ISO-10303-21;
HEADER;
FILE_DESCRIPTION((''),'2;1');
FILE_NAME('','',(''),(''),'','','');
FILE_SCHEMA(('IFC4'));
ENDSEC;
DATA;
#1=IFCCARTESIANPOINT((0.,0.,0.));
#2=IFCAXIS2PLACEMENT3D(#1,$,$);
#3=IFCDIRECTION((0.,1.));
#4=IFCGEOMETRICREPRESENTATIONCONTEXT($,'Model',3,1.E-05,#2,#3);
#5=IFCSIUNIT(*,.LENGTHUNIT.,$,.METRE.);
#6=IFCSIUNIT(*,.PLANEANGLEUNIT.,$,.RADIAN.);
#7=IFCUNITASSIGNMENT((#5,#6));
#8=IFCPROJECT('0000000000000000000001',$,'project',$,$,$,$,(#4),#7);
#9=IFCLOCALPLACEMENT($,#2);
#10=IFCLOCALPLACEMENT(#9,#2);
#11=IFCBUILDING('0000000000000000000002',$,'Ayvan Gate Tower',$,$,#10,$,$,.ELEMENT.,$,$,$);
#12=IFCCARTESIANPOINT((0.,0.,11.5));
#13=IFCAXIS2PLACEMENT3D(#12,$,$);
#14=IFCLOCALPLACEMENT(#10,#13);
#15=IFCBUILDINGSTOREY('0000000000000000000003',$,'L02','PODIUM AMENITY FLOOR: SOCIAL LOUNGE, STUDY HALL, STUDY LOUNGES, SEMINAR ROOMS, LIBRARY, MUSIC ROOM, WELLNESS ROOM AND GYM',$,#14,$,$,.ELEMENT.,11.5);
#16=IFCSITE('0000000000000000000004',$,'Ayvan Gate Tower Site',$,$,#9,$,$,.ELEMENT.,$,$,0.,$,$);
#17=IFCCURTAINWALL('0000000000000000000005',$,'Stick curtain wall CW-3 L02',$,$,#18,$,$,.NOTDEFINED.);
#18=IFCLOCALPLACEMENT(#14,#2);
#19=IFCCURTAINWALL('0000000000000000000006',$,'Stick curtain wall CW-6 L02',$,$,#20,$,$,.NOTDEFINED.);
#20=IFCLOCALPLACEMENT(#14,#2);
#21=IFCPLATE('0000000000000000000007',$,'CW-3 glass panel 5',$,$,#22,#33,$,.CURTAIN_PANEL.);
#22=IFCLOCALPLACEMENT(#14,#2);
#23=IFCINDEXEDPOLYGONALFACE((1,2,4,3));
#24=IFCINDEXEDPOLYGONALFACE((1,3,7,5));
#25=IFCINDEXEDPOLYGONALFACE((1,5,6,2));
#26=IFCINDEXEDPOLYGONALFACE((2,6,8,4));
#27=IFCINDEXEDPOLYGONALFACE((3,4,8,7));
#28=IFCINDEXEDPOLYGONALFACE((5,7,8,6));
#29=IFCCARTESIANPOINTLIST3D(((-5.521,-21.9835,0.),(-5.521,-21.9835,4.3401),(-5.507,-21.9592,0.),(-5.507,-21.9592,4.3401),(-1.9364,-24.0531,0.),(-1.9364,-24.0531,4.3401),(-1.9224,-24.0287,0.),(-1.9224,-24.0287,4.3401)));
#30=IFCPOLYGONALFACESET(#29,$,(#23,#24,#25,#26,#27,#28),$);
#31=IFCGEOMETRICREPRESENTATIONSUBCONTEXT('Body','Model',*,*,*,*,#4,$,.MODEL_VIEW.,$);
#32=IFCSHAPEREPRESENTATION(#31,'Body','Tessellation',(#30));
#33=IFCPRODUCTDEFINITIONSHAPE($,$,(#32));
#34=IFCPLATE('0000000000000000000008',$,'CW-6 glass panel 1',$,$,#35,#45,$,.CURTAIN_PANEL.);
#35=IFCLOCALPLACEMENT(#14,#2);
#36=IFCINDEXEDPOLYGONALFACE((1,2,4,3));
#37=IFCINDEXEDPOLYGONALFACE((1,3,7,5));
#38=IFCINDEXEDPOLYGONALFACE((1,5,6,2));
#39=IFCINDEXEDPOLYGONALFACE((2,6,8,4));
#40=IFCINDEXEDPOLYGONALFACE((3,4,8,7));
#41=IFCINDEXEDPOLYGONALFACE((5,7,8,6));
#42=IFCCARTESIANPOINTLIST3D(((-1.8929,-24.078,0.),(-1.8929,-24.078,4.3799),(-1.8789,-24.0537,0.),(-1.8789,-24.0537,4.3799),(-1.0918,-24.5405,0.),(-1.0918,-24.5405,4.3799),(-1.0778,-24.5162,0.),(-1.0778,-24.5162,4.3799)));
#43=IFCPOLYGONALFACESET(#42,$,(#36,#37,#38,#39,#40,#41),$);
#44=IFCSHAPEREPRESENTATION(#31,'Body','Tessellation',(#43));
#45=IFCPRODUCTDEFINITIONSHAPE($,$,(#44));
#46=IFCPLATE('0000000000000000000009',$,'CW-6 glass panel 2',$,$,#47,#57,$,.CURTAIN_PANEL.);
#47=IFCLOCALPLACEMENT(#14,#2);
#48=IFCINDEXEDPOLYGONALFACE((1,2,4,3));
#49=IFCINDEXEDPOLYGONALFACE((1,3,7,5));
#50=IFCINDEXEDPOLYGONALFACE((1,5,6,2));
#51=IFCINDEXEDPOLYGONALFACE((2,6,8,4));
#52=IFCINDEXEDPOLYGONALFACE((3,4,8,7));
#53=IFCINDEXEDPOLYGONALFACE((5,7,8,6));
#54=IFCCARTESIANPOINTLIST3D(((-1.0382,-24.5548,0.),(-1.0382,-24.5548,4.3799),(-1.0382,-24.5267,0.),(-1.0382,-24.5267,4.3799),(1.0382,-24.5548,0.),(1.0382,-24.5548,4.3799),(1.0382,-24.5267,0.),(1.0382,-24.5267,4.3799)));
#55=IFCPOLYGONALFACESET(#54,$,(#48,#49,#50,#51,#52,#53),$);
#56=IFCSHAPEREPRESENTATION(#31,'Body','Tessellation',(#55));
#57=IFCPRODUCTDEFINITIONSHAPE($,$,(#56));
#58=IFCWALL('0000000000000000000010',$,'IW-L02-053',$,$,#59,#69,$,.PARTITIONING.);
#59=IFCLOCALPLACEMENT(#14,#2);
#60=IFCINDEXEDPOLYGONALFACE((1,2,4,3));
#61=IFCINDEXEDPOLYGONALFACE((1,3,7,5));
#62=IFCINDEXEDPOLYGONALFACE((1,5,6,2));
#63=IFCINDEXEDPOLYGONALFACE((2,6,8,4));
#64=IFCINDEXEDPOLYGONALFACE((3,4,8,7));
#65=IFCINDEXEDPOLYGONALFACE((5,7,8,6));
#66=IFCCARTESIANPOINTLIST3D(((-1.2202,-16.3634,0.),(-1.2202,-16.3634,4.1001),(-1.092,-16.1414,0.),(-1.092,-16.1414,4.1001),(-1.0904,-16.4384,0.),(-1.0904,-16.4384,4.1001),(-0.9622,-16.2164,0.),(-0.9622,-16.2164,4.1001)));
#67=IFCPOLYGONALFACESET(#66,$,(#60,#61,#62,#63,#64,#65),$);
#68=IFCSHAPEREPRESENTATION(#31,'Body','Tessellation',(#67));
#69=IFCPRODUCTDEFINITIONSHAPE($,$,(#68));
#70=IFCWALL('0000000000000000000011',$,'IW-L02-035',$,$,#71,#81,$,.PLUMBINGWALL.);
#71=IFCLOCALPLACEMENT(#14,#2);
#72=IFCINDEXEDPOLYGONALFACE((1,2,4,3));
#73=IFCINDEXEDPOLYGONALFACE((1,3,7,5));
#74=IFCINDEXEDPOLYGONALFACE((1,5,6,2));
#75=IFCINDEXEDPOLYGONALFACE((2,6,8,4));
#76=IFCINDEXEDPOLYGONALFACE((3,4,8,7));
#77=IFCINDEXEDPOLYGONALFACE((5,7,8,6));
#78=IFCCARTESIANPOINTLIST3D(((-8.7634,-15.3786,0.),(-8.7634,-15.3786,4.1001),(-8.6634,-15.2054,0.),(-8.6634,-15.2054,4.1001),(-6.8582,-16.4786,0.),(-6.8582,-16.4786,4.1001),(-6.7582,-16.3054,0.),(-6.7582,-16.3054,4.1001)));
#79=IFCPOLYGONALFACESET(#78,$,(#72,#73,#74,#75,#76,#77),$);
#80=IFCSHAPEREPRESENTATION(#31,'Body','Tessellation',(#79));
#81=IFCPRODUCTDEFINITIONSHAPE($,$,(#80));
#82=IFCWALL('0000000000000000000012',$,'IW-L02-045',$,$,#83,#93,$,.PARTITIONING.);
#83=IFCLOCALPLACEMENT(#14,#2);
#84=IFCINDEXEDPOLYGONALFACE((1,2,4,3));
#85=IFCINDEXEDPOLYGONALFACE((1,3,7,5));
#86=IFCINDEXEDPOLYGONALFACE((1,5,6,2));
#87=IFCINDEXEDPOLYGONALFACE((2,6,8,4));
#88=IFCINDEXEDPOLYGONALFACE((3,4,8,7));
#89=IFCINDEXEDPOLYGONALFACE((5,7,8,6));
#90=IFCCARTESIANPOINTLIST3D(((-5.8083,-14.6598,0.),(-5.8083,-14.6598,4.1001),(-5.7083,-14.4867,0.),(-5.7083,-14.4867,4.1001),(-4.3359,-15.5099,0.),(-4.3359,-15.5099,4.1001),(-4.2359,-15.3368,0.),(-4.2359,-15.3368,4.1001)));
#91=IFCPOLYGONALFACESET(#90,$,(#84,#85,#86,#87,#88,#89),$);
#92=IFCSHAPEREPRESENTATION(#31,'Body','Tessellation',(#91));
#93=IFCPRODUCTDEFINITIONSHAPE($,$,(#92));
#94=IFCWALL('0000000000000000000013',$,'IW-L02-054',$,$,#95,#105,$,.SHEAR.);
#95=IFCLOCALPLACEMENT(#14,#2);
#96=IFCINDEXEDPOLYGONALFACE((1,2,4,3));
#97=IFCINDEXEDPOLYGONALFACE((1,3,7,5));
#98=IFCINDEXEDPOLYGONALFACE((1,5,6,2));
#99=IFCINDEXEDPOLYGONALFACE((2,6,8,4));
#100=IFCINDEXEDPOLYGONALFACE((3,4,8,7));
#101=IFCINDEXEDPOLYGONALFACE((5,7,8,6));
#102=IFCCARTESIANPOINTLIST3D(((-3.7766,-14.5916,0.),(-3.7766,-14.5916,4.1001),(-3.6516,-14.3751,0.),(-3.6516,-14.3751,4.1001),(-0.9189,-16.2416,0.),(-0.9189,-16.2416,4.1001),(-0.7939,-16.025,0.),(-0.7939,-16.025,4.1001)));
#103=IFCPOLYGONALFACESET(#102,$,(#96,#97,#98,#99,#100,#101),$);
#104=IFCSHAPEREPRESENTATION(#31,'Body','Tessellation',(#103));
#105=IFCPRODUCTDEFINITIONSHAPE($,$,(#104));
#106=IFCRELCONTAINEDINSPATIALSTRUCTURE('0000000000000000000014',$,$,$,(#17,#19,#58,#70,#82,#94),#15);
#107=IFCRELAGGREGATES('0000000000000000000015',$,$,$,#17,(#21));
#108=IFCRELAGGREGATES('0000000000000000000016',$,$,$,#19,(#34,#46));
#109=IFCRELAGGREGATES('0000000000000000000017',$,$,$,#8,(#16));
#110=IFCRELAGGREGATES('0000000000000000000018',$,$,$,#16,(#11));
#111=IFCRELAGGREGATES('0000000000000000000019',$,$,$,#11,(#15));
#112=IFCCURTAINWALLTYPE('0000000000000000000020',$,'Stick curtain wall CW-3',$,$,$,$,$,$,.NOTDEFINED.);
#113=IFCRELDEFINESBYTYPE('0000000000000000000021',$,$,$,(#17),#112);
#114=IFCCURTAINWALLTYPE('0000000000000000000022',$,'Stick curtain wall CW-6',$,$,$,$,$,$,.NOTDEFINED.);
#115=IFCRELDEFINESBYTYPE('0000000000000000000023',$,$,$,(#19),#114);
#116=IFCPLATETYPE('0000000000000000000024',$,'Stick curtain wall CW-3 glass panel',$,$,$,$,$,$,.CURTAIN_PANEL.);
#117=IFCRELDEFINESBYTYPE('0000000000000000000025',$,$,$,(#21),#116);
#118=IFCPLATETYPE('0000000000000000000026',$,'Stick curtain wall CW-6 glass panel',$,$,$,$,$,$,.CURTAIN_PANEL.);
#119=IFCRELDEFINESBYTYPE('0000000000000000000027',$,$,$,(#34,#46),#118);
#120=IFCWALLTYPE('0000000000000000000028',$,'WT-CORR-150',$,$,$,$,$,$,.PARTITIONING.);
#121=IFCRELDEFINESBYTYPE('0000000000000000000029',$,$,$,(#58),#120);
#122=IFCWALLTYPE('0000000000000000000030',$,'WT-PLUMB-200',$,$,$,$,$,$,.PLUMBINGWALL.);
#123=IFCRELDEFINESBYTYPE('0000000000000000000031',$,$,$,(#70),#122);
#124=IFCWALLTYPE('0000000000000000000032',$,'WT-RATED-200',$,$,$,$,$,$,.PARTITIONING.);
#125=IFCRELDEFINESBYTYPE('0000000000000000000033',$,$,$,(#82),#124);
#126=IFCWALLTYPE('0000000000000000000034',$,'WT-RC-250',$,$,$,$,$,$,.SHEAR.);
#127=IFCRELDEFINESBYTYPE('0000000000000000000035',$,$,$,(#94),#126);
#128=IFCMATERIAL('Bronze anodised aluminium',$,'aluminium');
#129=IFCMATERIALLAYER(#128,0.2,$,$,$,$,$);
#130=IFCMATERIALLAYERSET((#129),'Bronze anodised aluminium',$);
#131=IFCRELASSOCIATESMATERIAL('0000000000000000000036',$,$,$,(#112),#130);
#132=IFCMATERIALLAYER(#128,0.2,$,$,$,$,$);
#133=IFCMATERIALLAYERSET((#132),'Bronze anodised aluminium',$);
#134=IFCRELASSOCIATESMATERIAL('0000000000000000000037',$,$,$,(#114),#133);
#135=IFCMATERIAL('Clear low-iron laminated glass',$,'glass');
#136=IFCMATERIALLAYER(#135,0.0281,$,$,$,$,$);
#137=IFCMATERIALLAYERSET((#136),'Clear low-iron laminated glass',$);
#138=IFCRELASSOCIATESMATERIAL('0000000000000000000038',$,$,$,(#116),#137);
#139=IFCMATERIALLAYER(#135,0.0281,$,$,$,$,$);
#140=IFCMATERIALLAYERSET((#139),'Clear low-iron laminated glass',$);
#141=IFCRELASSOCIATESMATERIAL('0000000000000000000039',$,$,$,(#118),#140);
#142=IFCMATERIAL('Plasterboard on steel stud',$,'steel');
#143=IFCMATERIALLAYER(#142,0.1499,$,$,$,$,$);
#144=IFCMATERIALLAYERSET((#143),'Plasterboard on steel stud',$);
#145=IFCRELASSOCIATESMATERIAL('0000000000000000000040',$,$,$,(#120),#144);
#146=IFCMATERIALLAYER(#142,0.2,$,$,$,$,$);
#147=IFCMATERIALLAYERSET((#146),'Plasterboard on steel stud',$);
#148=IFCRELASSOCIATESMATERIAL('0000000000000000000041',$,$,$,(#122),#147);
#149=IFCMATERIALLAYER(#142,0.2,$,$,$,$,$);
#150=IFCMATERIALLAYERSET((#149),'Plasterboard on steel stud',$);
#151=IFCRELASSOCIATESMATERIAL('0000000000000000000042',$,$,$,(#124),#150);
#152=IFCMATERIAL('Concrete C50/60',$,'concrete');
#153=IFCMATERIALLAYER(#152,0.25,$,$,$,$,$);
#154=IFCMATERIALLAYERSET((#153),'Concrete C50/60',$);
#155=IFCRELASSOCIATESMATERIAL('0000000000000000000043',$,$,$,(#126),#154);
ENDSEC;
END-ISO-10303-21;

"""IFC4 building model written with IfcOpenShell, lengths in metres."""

from ifc_helpers import new_model, si_unit, direction, frame, frame_2d, origin, origin_2d, place, context, subcontext, project, spatial, rectangle, extrude, material, layer, layer_set, type_object, element, aggregate, save


model = new_model("IFC4")

# Units and contexts
model_context = context("Model", 3, precision=1e-05, world=origin(), true_north=direction((0.0, 1.0)))
body_context = subcontext(model_context, "Body", "Model", "MODEL_VIEW")
ifc_project = project(units=[si_unit("LENGTHUNIT", "METRE"), si_unit("PLANEANGLEUNIT", "RADIAN")], contexts=[model_context])

# Site, building, storey
site_placement = place(None, origin())
site = spatial("IfcSite", under=ifc_project, at=site_placement, Name="Ayvan Gate Tower Site", CompositionType="ELEMENT", RefElevation=0.0)
building_placement = place(site_placement, origin())
building = spatial("IfcBuilding", under=site, at=building_placement, Name="Ayvan Gate Tower", CompositionType="ELEMENT")
storey_placement = place(building_placement, frame((0.0, 0.0, 11.5)))
storey = spatial("IfcBuildingStorey", under=building, at=storey_placement, Name="L02", Description="PODIUM AMENITY FLOOR: SOCIAL LOUNGE, STUDY HALL, STUDY LOUNGES, SEMINAR ROOMS, LIBRARY, MUSIC ROOM, WELLNESS ROOM AND GYM", CompositionType="ELEMENT", Elevation=11.5)

# Curtain walls
ifc_material_1 = material(Name="Bronze anodised aluminium", Category="aluminium")
ifc_layer_1 = layer(ifc_material_1, 0.2)
ifc_layer_set_1 = layer_set([ifc_layer_1], Name="Bronze anodised aluminium")
curtain_wall_type_1 = type_object("IfcCurtainWallType", Name="Stick curtain wall CW-3", PredefinedType="NOTDEFINED", material=ifc_layer_set_1)
curtain_wall_1_placement = place(storey_placement, origin())
curtain_wall_1 = element("IfcCurtainWall", 1, at=curtain_wall_1_placement, inside=storey, type_object=curtain_wall_type_1, Name="Stick curtain wall CW-3 L02", PredefinedType="NOTDEFINED")
ifc_layer_2 = layer(ifc_material_1, 0.2)
ifc_layer_set_2 = layer_set([ifc_layer_2], Name="Bronze anodised aluminium")
curtain_wall_type_2 = type_object("IfcCurtainWallType", Name="Stick curtain wall CW-6", PredefinedType="NOTDEFINED", material=ifc_layer_set_2)
curtain_wall_2_placement = place(storey_placement, origin())
curtain_wall_2 = element("IfcCurtainWall", 2, at=curtain_wall_2_placement, inside=storey, type_object=curtain_wall_type_2, Name="Stick curtain wall CW-6 L02", PredefinedType="NOTDEFINED")

# Plates
ifc_material_2 = material(Name="Clear low-iron laminated glass", Category="glass")
ifc_layer_3 = layer(ifc_material_2, 0.0281)
ifc_layer_set_3 = layer_set([ifc_layer_3], Name="Clear low-iron laminated glass")
plate_type_1 = type_object("IfcPlateType", Name="Stick curtain wall CW-3 glass panel", PredefinedType="CURTAIN_PANEL", material=ifc_layer_set_3)
plate_1_placement = place(storey_placement, frame((-3.7217, -23.0061, 0.0), z_axis=(0.0, 0.0, 1.0), x_axis=(0.866025, -0.5, 0.0)))
plate_1 = element("IfcPlate", 3, at=plate_1_placement, type_object=plate_type_1, Name="CW-3 glass panel 5", PredefinedType="CURTAIN_PANEL", context=body_context, shape_type="SweptSolid", body=[
    extrude(rectangle(XDim=4.1392, YDim=0.0281, at=origin_2d()), origin(), (0.0, 0.0, 1.0), 4.3401),
])
aggregate(curtain_wall_1, [plate_1])
ifc_layer_4 = layer(ifc_material_2, 0.0281)
ifc_layer_set_4 = layer_set([ifc_layer_4], Name="Clear low-iron laminated glass")
plate_type_2 = type_object("IfcPlateType", Name="Stick curtain wall CW-6 glass panel", PredefinedType="CURTAIN_PANEL", material=ifc_layer_set_4)
plate_2_placement = place(storey_placement, frame((-1.4854, -24.2971, 0.0), z_axis=(0.0, 0.0, 1.0), x_axis=(0.866025, -0.5, 0.0)))
plate_2 = element("IfcPlate", 4, at=plate_2_placement, type_object=plate_type_2, Name="CW-6 glass panel 1", PredefinedType="CURTAIN_PANEL", context=body_context, shape_type="SweptSolid", body=[
    extrude(rectangle(XDim=0.925, YDim=0.0281, at=origin_2d()), origin(), (0.0, 0.0, 1.0), 4.3799),
])
plate_3_placement = place(storey_placement, frame((0.0, -24.5408, 0.0), z_axis=(0.0, 0.0, 1.0), x_axis=(1.0, 0.0, 0.0)))
plate_3 = element("IfcPlate", 5, at=plate_3_placement, type_object=plate_type_2, Name="CW-6 glass panel 2", PredefinedType="CURTAIN_PANEL", context=body_context, shape_type="SweptSolid", body=[
    extrude(rectangle(XDim=2.0764, YDim=0.0281, at=origin_2d()), origin(), (0.0, 0.0, 1.0), 4.3799),
])
aggregate(curtain_wall_2, [plate_2, plate_3])

# Walls
ifc_material_3 = material(Name="Plasterboard on steel stud", Category="steel")
ifc_layer_5 = layer(ifc_material_3, 0.1499)
ifc_layer_set_5 = layer_set([ifc_layer_5], Name="Plasterboard on steel stud")
wall_type_1 = type_object("IfcWallType", Name="WT-CORR-150", PredefinedType="PARTITIONING", material=ifc_layer_set_5)
wall_1_placement = place(storey_placement, frame((-1.1553, -16.4009, 0.0), z_axis=(0.0, 0.0, 1.0), x_axis=(0.500135, 0.865948, 0.0)))
element("IfcWall", 6, at=wall_1_placement, inside=storey, type_object=wall_type_1, Name="IW-L02-053", PredefinedType="PARTITIONING", context=body_context, shape_type="SweptSolid", body=[
    extrude(rectangle(XDim=0.2563, YDim=0.1499, at=frame_2d((0.1282, 0.0))), origin(), (0.0, 0.0, 1.0), 4.1001),
])
ifc_layer_6 = layer(ifc_material_3, 0.2)
ifc_layer_set_6 = layer_set([ifc_layer_6], Name="Plasterboard on steel stud")
wall_type_2 = type_object("IfcWallType", Name="WT-PLUMB-200", PredefinedType="PLUMBINGWALL", material=ifc_layer_set_6)
wall_2_placement = place(storey_placement, frame((-6.8081, -16.3921, 0.0), z_axis=(0.0, 0.0, 1.0), x_axis=(-0.866008, 0.50003, 0.0)))
element("IfcWall", 7, at=wall_2_placement, inside=storey, type_object=wall_type_2, Name="IW-L02-035", PredefinedType="PLUMBINGWALL", context=body_context, shape_type="SweptSolid", body=[
    extrude(rectangle(XDim=2.2, YDim=0.2, at=frame_2d((1.1001, 0.0))), origin(), (0.0, 0.0, 1.0), 4.1001),
])
ifc_layer_7 = layer(ifc_material_3, 0.2)
ifc_layer_set_7 = layer_set([ifc_layer_7], Name="Plasterboard on steel stud")
wall_type_3 = type_object("IfcWallType", Name="WT-RATED-200", PredefinedType="PARTITIONING", material=ifc_layer_set_7)
wall_3_placement = place(storey_placement, frame((-4.2859, -15.4233, 0.0), z_axis=(0.0, 0.0, 1.0), x_axis=(-0.866025, 0.5, 0.0)))
element("IfcWall", 8, at=wall_3_placement, inside=storey, type_object=wall_type_3, Name="IW-L02-045", PredefinedType="PARTITIONING", context=body_context, shape_type="SweptSolid", body=[
    extrude(rectangle(XDim=1.7002, YDim=0.2, at=frame_2d((0.8501, 0.0))), origin(), (0.0, 0.0, 1.0), 4.1001),
])
ifc_material_4 = material(Name="Concrete C50/60", Category="concrete")
ifc_layer_8 = layer(ifc_material_4, 0.25)
ifc_layer_set_8 = layer_set([ifc_layer_8], Name="Concrete C50/60")
wall_type_4 = type_object("IfcWallType", Name="WT-RC-250", PredefinedType="SHEAR", material=ifc_layer_set_8)
wall_4_placement = place(storey_placement, frame((-0.8564, -16.1333, 0.0), z_axis=(0.0, 0.0, 1.0), x_axis=(-0.866022, 0.500006, 0.0)))
element("IfcWall", 9, at=wall_4_placement, inside=storey, type_object=wall_type_4, Name="IW-L02-054", PredefinedType="SHEAR", context=body_context, shape_type="SweptSolid", body=[
    extrude(rectangle(XDim=3.2998, YDim=0.25, at=frame_2d((1.6499, 0.0))), origin(), (0.0, 0.0, 1.0), 4.1001),
])

save(model, "model.ifc")
